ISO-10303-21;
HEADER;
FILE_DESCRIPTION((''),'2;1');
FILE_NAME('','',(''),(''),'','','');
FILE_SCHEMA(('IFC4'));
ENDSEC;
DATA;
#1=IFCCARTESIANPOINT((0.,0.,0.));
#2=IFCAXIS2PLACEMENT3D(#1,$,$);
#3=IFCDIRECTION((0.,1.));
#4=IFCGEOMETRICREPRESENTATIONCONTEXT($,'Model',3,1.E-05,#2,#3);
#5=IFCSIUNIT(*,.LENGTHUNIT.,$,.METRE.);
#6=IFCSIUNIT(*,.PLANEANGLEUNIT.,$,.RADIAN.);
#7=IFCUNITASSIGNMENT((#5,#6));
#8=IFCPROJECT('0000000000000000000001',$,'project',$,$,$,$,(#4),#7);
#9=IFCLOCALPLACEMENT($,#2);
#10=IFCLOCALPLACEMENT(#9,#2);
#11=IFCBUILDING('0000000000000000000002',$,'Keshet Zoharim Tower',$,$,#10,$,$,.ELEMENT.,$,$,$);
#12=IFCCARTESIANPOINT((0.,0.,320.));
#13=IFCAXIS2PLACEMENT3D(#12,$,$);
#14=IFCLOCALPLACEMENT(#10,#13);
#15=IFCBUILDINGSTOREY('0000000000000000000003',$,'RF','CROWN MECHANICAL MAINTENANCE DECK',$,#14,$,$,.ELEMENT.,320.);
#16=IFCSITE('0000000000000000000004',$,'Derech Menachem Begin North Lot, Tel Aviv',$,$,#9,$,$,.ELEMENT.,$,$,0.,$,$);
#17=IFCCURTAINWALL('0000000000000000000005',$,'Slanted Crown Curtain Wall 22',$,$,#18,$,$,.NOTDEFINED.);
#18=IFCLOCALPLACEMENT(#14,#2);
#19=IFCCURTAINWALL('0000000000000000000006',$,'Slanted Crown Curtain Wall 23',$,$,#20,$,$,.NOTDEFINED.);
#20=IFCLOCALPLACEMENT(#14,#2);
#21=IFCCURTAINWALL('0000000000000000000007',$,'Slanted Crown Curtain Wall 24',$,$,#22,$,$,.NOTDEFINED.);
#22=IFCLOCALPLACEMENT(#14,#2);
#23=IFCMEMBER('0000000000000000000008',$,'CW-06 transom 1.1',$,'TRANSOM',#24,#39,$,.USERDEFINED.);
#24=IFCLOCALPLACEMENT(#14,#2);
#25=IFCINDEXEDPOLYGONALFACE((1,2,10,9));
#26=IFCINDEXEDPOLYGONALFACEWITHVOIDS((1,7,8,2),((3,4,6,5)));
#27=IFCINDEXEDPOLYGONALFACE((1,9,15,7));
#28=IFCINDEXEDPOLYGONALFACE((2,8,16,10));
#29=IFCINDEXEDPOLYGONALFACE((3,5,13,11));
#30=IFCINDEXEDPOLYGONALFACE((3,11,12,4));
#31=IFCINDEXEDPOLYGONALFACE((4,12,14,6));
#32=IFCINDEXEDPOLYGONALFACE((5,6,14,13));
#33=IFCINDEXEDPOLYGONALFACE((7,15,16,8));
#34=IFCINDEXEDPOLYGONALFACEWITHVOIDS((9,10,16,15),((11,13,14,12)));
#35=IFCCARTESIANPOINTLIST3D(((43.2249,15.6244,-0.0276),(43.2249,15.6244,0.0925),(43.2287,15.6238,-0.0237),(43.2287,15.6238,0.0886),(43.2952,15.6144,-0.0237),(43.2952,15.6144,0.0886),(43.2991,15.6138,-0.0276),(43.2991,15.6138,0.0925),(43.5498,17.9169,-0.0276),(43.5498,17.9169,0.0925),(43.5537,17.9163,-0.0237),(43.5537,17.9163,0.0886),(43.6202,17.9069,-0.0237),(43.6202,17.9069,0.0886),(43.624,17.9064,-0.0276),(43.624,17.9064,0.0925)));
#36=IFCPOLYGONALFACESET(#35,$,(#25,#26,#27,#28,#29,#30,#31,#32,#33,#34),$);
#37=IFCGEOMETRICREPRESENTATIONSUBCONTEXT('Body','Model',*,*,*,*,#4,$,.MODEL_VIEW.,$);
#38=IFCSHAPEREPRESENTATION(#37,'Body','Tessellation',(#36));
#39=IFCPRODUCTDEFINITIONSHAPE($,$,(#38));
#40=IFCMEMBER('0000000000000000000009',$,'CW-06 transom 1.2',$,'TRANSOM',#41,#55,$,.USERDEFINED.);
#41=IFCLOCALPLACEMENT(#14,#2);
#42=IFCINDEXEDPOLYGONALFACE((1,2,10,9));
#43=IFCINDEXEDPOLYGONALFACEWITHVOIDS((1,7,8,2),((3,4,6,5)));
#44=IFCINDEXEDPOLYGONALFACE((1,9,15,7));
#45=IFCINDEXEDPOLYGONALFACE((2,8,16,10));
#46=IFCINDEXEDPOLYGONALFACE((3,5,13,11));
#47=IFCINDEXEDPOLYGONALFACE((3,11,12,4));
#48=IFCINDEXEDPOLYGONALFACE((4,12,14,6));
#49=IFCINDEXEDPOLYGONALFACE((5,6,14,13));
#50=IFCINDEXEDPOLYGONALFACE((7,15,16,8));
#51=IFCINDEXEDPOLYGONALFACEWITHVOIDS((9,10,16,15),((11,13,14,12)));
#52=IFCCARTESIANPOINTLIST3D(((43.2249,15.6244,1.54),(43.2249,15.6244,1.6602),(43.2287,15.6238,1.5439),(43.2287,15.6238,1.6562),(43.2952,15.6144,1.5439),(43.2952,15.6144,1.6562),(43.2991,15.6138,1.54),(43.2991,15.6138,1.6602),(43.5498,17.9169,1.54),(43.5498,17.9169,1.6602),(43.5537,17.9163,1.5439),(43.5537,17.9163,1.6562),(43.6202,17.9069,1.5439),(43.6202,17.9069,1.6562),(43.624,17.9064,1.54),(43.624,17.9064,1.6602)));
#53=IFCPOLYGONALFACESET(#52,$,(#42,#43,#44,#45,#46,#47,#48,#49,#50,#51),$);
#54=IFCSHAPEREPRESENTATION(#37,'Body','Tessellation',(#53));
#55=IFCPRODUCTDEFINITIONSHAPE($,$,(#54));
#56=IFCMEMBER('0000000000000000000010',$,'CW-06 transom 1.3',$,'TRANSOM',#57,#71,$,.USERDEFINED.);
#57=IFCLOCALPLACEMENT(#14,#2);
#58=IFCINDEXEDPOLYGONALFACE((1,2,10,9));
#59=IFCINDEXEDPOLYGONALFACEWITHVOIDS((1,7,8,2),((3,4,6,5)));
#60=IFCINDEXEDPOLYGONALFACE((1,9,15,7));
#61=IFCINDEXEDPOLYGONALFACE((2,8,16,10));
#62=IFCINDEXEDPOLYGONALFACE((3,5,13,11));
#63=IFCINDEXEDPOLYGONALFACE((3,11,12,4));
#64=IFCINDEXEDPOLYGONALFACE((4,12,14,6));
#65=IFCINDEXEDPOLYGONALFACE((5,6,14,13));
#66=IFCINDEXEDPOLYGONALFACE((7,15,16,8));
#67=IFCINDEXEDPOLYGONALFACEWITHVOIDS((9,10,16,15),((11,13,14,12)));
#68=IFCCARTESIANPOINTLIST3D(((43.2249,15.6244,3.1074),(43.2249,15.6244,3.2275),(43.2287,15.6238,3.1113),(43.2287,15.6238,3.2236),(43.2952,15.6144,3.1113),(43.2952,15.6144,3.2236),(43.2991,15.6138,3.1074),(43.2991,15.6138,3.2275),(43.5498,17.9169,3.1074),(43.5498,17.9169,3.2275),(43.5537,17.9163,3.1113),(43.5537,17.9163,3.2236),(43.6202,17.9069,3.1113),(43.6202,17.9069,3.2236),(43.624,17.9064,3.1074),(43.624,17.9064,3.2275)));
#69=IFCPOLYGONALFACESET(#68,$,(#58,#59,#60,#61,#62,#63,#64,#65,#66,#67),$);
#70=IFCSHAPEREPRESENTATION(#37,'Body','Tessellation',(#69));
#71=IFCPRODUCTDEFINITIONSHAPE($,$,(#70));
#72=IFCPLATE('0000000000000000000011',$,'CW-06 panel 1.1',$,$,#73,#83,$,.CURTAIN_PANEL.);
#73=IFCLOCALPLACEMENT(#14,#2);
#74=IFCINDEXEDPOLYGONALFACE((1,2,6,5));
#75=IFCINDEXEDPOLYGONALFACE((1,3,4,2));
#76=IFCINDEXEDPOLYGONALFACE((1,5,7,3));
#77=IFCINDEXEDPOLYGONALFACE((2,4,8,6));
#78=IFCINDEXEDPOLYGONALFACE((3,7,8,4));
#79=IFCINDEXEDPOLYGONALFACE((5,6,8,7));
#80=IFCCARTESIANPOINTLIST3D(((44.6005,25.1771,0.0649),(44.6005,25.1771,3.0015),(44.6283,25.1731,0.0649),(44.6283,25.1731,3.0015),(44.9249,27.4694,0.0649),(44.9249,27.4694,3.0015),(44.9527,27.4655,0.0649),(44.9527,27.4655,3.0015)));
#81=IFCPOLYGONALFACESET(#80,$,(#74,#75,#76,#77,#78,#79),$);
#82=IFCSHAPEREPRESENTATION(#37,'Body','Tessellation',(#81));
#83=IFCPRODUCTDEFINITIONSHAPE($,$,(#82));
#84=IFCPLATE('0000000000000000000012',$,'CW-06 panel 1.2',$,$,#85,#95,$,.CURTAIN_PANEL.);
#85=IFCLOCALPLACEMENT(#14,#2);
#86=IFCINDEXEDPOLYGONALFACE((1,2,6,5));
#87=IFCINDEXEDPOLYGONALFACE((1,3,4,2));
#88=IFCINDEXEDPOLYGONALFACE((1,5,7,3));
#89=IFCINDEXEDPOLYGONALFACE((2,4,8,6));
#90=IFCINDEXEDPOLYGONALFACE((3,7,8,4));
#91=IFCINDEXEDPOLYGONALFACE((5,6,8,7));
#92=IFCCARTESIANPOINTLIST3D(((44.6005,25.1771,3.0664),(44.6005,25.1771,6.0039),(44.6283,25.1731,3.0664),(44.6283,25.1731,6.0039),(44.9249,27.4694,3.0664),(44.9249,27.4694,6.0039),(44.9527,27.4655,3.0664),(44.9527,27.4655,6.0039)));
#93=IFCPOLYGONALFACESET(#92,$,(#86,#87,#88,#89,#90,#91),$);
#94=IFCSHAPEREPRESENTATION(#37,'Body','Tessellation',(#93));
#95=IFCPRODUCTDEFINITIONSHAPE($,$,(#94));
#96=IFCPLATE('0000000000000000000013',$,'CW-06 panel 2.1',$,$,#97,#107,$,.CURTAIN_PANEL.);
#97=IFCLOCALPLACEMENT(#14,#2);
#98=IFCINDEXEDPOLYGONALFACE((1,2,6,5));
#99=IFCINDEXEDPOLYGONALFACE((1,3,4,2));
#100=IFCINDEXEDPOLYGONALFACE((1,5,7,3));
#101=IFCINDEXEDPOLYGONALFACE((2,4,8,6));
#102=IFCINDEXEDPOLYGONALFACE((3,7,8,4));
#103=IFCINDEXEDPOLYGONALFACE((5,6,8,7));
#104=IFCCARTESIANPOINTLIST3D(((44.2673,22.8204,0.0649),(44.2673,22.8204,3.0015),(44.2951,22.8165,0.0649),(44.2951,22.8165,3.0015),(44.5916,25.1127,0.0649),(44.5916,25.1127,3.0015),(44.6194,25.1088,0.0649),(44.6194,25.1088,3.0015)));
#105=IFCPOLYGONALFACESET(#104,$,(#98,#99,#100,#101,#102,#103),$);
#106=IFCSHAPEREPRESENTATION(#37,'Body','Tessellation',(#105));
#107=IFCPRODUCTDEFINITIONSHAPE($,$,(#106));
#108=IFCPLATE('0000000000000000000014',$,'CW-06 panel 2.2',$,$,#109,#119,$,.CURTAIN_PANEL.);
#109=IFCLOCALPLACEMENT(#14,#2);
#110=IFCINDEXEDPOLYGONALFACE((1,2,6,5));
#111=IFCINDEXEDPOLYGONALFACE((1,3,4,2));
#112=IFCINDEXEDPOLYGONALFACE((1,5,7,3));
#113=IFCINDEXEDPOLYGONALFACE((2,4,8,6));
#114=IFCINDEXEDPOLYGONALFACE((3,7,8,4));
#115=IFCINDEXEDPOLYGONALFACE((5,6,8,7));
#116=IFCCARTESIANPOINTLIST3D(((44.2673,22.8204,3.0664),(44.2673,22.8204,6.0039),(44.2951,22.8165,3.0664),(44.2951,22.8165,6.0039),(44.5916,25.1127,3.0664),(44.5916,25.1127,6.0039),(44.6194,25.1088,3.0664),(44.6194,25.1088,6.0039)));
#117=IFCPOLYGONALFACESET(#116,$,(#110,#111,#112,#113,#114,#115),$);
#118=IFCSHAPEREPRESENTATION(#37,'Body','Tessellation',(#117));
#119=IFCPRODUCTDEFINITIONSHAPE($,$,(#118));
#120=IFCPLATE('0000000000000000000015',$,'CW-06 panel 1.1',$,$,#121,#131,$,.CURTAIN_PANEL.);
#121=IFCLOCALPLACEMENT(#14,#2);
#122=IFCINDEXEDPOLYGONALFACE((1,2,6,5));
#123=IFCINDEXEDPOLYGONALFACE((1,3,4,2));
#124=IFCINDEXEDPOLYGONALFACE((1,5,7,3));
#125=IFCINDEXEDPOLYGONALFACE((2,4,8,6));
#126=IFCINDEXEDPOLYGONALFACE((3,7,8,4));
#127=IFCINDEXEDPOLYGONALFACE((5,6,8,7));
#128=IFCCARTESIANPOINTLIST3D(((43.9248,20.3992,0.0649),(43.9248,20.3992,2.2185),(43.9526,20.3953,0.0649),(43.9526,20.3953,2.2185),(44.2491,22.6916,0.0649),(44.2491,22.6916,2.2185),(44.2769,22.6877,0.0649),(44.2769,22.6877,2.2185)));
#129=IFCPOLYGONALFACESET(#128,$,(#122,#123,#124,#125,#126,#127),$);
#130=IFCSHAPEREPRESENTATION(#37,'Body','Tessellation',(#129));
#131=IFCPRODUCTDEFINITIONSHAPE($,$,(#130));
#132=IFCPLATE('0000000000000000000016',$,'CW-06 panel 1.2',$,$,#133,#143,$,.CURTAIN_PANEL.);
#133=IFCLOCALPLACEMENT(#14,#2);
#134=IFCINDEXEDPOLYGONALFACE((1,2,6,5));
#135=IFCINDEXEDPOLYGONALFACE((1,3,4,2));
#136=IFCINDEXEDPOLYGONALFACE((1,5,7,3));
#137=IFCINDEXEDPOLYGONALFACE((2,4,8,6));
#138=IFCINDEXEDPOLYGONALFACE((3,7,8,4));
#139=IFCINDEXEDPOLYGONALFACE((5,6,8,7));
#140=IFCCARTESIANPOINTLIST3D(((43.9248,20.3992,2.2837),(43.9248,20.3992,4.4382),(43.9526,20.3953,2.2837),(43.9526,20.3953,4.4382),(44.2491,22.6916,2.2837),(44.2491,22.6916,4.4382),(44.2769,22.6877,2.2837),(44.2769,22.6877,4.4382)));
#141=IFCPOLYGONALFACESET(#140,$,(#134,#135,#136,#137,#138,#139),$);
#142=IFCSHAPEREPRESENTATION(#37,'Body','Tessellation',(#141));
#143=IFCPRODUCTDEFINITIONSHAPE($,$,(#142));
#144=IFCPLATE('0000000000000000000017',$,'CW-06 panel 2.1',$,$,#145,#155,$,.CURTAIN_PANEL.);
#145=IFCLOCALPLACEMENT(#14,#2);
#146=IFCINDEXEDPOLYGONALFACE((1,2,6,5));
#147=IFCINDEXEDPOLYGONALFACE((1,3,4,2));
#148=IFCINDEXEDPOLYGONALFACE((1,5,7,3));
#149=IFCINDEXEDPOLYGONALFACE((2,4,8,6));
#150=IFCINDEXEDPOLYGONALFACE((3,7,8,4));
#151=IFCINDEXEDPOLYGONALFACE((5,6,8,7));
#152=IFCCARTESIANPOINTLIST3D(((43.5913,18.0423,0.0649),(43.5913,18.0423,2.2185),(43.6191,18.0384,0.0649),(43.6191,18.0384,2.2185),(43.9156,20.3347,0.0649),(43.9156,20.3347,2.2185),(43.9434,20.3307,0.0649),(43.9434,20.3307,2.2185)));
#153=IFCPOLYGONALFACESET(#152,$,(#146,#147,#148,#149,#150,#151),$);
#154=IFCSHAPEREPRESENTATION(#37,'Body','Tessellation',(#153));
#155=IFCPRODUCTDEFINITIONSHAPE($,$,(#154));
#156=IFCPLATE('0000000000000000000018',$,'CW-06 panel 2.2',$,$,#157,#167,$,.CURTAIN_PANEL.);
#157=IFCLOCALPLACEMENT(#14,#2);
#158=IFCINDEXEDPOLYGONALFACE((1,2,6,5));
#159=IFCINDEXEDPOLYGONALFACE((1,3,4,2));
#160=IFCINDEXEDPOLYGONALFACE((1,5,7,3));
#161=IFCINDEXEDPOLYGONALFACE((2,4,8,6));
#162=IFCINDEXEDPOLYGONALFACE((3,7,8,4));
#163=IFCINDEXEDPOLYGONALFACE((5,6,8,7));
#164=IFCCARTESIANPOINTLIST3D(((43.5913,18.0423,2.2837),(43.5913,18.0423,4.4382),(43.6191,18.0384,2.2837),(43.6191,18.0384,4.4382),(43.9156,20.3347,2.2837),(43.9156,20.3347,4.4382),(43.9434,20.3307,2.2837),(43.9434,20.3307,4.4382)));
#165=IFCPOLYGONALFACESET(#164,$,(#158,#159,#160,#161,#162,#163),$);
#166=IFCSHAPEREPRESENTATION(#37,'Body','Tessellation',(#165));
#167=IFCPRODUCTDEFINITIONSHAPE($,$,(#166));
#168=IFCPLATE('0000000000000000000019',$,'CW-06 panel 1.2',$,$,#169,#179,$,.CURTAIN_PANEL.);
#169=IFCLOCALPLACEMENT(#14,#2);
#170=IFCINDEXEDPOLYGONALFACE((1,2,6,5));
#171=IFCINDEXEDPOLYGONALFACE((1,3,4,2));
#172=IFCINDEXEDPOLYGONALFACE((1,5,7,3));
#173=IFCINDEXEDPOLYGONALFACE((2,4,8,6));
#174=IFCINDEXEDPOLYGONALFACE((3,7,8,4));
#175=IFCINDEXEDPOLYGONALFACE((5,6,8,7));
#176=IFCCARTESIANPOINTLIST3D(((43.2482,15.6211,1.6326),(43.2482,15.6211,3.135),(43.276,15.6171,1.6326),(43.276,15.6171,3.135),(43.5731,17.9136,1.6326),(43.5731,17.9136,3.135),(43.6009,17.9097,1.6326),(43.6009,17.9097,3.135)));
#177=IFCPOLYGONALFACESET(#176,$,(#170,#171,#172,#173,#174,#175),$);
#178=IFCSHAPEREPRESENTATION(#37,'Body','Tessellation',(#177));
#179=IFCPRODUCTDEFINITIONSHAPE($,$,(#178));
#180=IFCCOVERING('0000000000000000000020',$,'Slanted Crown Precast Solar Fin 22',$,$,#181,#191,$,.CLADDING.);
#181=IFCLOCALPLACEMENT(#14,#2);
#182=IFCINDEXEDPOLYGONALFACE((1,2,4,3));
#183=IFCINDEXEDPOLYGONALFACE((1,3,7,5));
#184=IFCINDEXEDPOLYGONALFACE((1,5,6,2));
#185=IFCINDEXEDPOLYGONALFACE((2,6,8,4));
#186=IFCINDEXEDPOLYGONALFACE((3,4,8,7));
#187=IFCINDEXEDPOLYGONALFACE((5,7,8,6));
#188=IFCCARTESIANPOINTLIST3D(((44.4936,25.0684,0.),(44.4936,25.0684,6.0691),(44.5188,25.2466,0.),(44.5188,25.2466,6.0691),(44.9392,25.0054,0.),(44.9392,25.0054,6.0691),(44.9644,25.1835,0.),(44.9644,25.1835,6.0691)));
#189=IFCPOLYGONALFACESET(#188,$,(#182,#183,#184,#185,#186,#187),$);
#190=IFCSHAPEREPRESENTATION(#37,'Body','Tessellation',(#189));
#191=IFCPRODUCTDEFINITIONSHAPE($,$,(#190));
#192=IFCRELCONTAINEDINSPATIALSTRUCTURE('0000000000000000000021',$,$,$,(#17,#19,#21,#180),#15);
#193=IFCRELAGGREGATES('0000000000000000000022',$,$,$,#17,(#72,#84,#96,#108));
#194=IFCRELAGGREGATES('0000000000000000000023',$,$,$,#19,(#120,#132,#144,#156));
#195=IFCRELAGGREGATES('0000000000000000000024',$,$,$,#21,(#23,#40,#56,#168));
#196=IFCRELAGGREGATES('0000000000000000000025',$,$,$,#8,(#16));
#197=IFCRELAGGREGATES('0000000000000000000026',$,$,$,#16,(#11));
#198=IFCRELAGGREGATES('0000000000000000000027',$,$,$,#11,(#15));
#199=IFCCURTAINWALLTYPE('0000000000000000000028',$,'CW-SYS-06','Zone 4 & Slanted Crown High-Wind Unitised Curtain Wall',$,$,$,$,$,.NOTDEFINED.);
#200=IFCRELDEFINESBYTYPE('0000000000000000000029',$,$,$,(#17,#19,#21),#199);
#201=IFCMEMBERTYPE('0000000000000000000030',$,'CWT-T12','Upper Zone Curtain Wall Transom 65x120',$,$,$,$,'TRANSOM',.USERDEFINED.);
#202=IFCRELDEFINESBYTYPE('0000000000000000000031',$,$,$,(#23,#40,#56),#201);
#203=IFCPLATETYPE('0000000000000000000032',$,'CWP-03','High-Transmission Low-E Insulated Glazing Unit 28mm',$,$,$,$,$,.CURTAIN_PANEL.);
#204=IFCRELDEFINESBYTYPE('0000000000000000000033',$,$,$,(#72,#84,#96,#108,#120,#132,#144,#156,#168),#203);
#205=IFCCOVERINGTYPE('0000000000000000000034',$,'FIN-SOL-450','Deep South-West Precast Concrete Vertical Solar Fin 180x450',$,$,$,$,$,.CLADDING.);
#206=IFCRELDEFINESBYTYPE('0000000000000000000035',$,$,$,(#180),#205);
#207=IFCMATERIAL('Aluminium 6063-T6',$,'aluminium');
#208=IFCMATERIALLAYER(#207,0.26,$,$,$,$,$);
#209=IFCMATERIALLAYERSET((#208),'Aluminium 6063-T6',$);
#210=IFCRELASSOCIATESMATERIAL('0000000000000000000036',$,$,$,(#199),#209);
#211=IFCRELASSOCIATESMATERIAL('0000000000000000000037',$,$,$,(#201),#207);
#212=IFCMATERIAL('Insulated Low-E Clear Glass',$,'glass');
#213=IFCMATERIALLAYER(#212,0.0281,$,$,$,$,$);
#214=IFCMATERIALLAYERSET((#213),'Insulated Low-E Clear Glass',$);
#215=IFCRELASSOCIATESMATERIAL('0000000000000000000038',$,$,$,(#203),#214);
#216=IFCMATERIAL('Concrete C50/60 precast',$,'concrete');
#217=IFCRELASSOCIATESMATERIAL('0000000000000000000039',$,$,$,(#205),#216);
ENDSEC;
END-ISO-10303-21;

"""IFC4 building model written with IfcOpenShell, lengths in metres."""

from ifc_helpers import new_model, si_unit, direction, frame, origin, origin_2d, place, context, subcontext, project, spatial, rectangle, hollow_rectangle, extrude, material, layer, layer_set, material_profile, profile_set, type_object, element, aggregate, save


model = new_model("IFC4")

# Units and contexts
model_context = context("Model", 3, precision=1e-05, world=origin(), true_north=direction((0.0, 1.0)))
body_context = subcontext(model_context, "Body", "Model", "MODEL_VIEW")
ifc_project = project(units=[si_unit("LENGTHUNIT", "METRE"), si_unit("PLANEANGLEUNIT", "RADIAN")], contexts=[model_context])

# Site, building, storey
site_placement = place(None, origin())
site = spatial("IfcSite", under=ifc_project, at=site_placement, Name="Derech Menachem Begin North Lot, Tel Aviv", CompositionType="ELEMENT", RefElevation=0.0)
building_placement = place(site_placement, origin())
building = spatial("IfcBuilding", under=site, at=building_placement, Name="Keshet Zoharim Tower", CompositionType="ELEMENT")
storey_placement = place(building_placement, frame((0.0, 0.0, 320.0)))
storey = spatial("IfcBuildingStorey", under=building, at=storey_placement, Name="RF", Description="CROWN MECHANICAL MAINTENANCE DECK", CompositionType="ELEMENT", Elevation=320.0)

# Curtain walls
ifc_material_1 = material(Name="Aluminium 6063-T6", Category="aluminium")
ifc_layer_1 = layer(ifc_material_1, 0.26)
ifc_layer_set_1 = layer_set([ifc_layer_1], Name="Aluminium 6063-T6")
curtain_wall_type = type_object("IfcCurtainWallType", Name="CW-SYS-06", Description="Zone 4 & Slanted Crown High-Wind Unitised Curtain Wall", PredefinedType="NOTDEFINED", material=ifc_layer_set_1)
curtain_wall_1_placement = place(storey_placement, origin())
curtain_wall_1 = element("IfcCurtainWall", 1, at=curtain_wall_1_placement, inside=storey, type_object=curtain_wall_type, Name="Slanted Crown Curtain Wall 22", PredefinedType="NOTDEFINED")
curtain_wall_2_placement = place(storey_placement, origin())
curtain_wall_2 = element("IfcCurtainWall", 2, at=curtain_wall_2_placement, inside=storey, type_object=curtain_wall_type, Name="Slanted Crown Curtain Wall 23", PredefinedType="NOTDEFINED")

# Curtain wall
curtain_wall_3_placement = place(storey_placement, origin())
curtain_wall_3 = element("IfcCurtainWall", 3, at=curtain_wall_3_placement, inside=storey, type_object=curtain_wall_type, Name="Slanted Crown Curtain Wall 24", PredefinedType="NOTDEFINED")

# Members
ifc_material_profile_1 = material_profile(ifc_material_1, hollow_rectangle(XDim=0.075, YDim=0.1201, WallThickness=0.0039, at=origin_2d()), Name="TRN-75x120")
ifc_profile_set_1 = profile_set([ifc_material_profile_1], Name="Aluminium 6063-T6")
member_type_1 = type_object("IfcMemberType", Name="CWT-T12", Description="Upper Zone Curtain Wall Transom 65x120", ElementType="TRANSOM", PredefinedType="USERDEFINED", material=ifc_profile_set_1)
member_1_placement = place(storey_placement, frame((43.5869, 17.9116, 0.0325), z_axis=(-0.140344, -0.990103, 0.0), x_axis=(0.990103, -0.140344, 0.0)))
member_1 = element("IfcMember", 4, at=member_1_placement, type_object=member_type_1, Name="CW-06 transom 1.1", ObjectType="TRANSOM", PredefinedType="USERDEFINED", context=body_context, shape_type="SweptSolid", body=[
    extrude(hollow_rectangle(XDim=0.075, YDim=0.1201, WallThickness=0.0039, at=origin_2d()), origin(), (0.0, 0.0, 1.0), 2.3154),
])
member_2_placement = place(storey_placement, frame((43.5869, 17.9116, 1.6001), z_axis=(-0.140344, -0.990103, 0.0), x_axis=(0.990103, -0.140344, 0.0)))
member_2 = element("IfcMember", 5, at=member_2_placement, type_object=member_type_1, Name="CW-06 transom 1.2", ObjectType="TRANSOM", PredefinedType="USERDEFINED", context=body_context, shape_type="SweptSolid", body=[
    extrude(hollow_rectangle(XDim=0.075, YDim=0.1201, WallThickness=0.0039, at=origin_2d()), origin(), (0.0, 0.0, 1.0), 2.3154),
])
member_3_placement = place(storey_placement, frame((43.5869, 17.9116, 3.1675), z_axis=(-0.140344, -0.990103, 0.0), x_axis=(0.990103, -0.140344, 0.0)))
member_3 = element("IfcMember", 6, at=member_3_placement, type_object=member_type_1, Name="CW-06 transom 1.3", ObjectType="TRANSOM", PredefinedType="USERDEFINED", context=body_context, shape_type="SweptSolid", body=[
    extrude(hollow_rectangle(XDim=0.075, YDim=0.1201, WallThickness=0.0039, at=origin_2d()), origin(), (0.0, 0.0, 1.0), 2.3154),
])

# Plates
ifc_material_2 = material(Name="Insulated Low-E Clear Glass", Category="glass")
ifc_layer_2 = layer(ifc_material_2, 0.0281)
ifc_layer_set_2 = layer_set([ifc_layer_2], Name="Insulated Low-E Clear Glass")
plate_type = type_object("IfcPlateType", Name="CWP-03", Description="High-Transmission Low-E Insulated Glazing Unit 28mm", PredefinedType="CURTAIN_PANEL", material=ifc_layer_set_2)
plate_1_placement = place(storey_placement, frame((44.7766, 26.3213, 0.0649), z_axis=(0.0, 0.0, 1.0), x_axis=(-0.140087, -0.990139, 0.0)))
plate_1 = element("IfcPlate", 7, at=plate_1_placement, type_object=plate_type, Name="CW-06 panel 1.1", PredefinedType="CURTAIN_PANEL", context=body_context, shape_type="SweptSolid", body=[
    extrude(rectangle(XDim=2.3152, YDim=0.0281, at=origin_2d()), origin(), (0.0, 0.0, 1.0), 2.9365),
])
plate_2_placement = place(storey_placement, frame((44.7766, 26.3213, 3.0664), z_axis=(0.0, 0.0, 1.0), x_axis=(-0.140087, -0.990139, 0.0)))
plate_2 = element("IfcPlate", 8, at=plate_2_placement, type_object=plate_type, Name="CW-06 panel 1.2", PredefinedType="CURTAIN_PANEL", context=body_context, shape_type="SweptSolid", body=[
    extrude(rectangle(XDim=2.3152, YDim=0.0281, at=origin_2d()), origin(), (0.0, 0.0, 1.0), 2.9375),
])
plate_3_placement = place(storey_placement, frame((44.4434, 23.9646, 0.0649), z_axis=(0.0, 0.0, 1.0), x_axis=(-0.140087, -0.990139, 0.0)))
plate_3 = element("IfcPlate", 9, at=plate_3_placement, type_object=plate_type, Name="CW-06 panel 2.1", PredefinedType="CURTAIN_PANEL", context=body_context, shape_type="SweptSolid", body=[
    extrude(rectangle(XDim=2.3152, YDim=0.0281, at=origin_2d()), origin(), (0.0, 0.0, 1.0), 2.9365),
])
plate_4_placement = place(storey_placement, frame((44.4434, 23.9646, 3.0664), z_axis=(0.0, 0.0, 1.0), x_axis=(-0.140087, -0.990139, 0.0)))
plate_4 = element("IfcPlate", 10, at=plate_4_placement, type_object=plate_type, Name="CW-06 panel 2.2", PredefinedType="CURTAIN_PANEL", context=body_context, shape_type="SweptSolid", body=[
    extrude(rectangle(XDim=2.3152, YDim=0.0281, at=origin_2d()), origin(), (0.0, 0.0, 1.0), 2.9375),
])
aggregate(curtain_wall_1, [plate_1, plate_2, plate_3, plate_4])
plate_5_placement = place(storey_placement, frame((44.1008, 21.5435, 0.0649), z_axis=(0.0, 0.0, 1.0), x_axis=(-0.140087, -0.990139, 0.0)))
plate_5 = element("IfcPlate", 11, at=plate_5_placement, type_object=plate_type, Name="CW-06 panel 1.1", PredefinedType="CURTAIN_PANEL", context=body_context, shape_type="SweptSolid", body=[
    extrude(rectangle(XDim=2.3152, YDim=0.0281, at=origin_2d()), origin(), (0.0, 0.0, 1.0), 2.1536),
])
plate_6_placement = place(storey_placement, frame((44.1008, 21.5435, 2.2837), z_axis=(0.0, 0.0, 1.0), x_axis=(-0.140087, -0.990139, 0.0)))
plate_6 = element("IfcPlate", 12, at=plate_6_placement, type_object=plate_type, Name="CW-06 panel 1.2", PredefinedType="CURTAIN_PANEL", context=body_context, shape_type="SweptSolid", body=[
    extrude(rectangle(XDim=2.3152, YDim=0.0281, at=origin_2d()), origin(), (0.0, 0.0, 1.0), 2.1545),
])
plate_7_placement = place(storey_placement, frame((43.7673, 19.1865, 0.0649), z_axis=(0.0, 0.0, 1.0), x_axis=(-0.140087, -0.990139, 0.0)))
plate_7 = element("IfcPlate", 13, at=plate_7_placement, type_object=plate_type, Name="CW-06 panel 2.1", PredefinedType="CURTAIN_PANEL", context=body_context, shape_type="SweptSolid", body=[
    extrude(rectangle(XDim=2.3152, YDim=0.0281, at=origin_2d()), origin(), (0.0, 0.0, 1.0), 2.1536),
])
plate_8_placement = place(storey_placement, frame((43.7673, 19.1865, 2.2837), z_axis=(0.0, 0.0, 1.0), x_axis=(-0.140087, -0.990139, 0.0)))
plate_8 = element("IfcPlate", 14, at=plate_8_placement, type_object=plate_type, Name="CW-06 panel 2.2", PredefinedType="CURTAIN_PANEL", context=body_context, shape_type="SweptSolid", body=[
    extrude(rectangle(XDim=2.3152, YDim=0.0281, at=origin_2d()), origin(), (0.0, 0.0, 1.0), 2.1545),
])
aggregate(curtain_wall_2, [plate_5, plate_6, plate_7, plate_8])
plate_9_placement = place(storey_placement, frame((43.4246, 16.7654, 1.6326), z_axis=(0.0, 0.0, 1.0), x_axis=(-0.14029, -0.99011, 0.0)))
plate_9 = element("IfcPlate", 15, at=plate_9_placement, type_object=plate_type, Name="CW-06 panel 1.2", PredefinedType="CURTAIN_PANEL", context=body_context, shape_type="SweptSolid", body=[
    extrude(rectangle(XDim=2.3154, YDim=0.0281, at=origin_2d()), origin(), (0.0, 0.0, 1.0), 1.5024),
])
aggregate(curtain_wall_3, [member_1, member_2, member_3, plate_9])

# Covering
ifc_material_3 = material(Name="Concrete C50/60 precast", Category="concrete")
covering_type = type_object("IfcCoveringType", Name="FIN-SOL-450", Description="Deep South-West Precast Concrete Vertical Solar Fin 180x450", PredefinedType="CLADDING", material=ifc_material_3)
covering_1_placement = place(storey_placement, frame((44.729, 25.126, 0.0), z_axis=(0.0, 0.0, 1.0), x_axis=(-0.140087, -0.990139, 0.0)))
element("IfcCovering", 16, at=covering_1_placement, inside=storey, type_object=covering_type, Name="Slanted Crown Precast Solar Fin 22", PredefinedType="CLADDING", context=body_context, shape_type="SweptSolid", body=[
    extrude(rectangle(XDim=0.1799, YDim=0.45, at=origin_2d()), origin(), (0.0, 0.0, 1.0), 6.0691),
])

save(model, "model.ifc")
